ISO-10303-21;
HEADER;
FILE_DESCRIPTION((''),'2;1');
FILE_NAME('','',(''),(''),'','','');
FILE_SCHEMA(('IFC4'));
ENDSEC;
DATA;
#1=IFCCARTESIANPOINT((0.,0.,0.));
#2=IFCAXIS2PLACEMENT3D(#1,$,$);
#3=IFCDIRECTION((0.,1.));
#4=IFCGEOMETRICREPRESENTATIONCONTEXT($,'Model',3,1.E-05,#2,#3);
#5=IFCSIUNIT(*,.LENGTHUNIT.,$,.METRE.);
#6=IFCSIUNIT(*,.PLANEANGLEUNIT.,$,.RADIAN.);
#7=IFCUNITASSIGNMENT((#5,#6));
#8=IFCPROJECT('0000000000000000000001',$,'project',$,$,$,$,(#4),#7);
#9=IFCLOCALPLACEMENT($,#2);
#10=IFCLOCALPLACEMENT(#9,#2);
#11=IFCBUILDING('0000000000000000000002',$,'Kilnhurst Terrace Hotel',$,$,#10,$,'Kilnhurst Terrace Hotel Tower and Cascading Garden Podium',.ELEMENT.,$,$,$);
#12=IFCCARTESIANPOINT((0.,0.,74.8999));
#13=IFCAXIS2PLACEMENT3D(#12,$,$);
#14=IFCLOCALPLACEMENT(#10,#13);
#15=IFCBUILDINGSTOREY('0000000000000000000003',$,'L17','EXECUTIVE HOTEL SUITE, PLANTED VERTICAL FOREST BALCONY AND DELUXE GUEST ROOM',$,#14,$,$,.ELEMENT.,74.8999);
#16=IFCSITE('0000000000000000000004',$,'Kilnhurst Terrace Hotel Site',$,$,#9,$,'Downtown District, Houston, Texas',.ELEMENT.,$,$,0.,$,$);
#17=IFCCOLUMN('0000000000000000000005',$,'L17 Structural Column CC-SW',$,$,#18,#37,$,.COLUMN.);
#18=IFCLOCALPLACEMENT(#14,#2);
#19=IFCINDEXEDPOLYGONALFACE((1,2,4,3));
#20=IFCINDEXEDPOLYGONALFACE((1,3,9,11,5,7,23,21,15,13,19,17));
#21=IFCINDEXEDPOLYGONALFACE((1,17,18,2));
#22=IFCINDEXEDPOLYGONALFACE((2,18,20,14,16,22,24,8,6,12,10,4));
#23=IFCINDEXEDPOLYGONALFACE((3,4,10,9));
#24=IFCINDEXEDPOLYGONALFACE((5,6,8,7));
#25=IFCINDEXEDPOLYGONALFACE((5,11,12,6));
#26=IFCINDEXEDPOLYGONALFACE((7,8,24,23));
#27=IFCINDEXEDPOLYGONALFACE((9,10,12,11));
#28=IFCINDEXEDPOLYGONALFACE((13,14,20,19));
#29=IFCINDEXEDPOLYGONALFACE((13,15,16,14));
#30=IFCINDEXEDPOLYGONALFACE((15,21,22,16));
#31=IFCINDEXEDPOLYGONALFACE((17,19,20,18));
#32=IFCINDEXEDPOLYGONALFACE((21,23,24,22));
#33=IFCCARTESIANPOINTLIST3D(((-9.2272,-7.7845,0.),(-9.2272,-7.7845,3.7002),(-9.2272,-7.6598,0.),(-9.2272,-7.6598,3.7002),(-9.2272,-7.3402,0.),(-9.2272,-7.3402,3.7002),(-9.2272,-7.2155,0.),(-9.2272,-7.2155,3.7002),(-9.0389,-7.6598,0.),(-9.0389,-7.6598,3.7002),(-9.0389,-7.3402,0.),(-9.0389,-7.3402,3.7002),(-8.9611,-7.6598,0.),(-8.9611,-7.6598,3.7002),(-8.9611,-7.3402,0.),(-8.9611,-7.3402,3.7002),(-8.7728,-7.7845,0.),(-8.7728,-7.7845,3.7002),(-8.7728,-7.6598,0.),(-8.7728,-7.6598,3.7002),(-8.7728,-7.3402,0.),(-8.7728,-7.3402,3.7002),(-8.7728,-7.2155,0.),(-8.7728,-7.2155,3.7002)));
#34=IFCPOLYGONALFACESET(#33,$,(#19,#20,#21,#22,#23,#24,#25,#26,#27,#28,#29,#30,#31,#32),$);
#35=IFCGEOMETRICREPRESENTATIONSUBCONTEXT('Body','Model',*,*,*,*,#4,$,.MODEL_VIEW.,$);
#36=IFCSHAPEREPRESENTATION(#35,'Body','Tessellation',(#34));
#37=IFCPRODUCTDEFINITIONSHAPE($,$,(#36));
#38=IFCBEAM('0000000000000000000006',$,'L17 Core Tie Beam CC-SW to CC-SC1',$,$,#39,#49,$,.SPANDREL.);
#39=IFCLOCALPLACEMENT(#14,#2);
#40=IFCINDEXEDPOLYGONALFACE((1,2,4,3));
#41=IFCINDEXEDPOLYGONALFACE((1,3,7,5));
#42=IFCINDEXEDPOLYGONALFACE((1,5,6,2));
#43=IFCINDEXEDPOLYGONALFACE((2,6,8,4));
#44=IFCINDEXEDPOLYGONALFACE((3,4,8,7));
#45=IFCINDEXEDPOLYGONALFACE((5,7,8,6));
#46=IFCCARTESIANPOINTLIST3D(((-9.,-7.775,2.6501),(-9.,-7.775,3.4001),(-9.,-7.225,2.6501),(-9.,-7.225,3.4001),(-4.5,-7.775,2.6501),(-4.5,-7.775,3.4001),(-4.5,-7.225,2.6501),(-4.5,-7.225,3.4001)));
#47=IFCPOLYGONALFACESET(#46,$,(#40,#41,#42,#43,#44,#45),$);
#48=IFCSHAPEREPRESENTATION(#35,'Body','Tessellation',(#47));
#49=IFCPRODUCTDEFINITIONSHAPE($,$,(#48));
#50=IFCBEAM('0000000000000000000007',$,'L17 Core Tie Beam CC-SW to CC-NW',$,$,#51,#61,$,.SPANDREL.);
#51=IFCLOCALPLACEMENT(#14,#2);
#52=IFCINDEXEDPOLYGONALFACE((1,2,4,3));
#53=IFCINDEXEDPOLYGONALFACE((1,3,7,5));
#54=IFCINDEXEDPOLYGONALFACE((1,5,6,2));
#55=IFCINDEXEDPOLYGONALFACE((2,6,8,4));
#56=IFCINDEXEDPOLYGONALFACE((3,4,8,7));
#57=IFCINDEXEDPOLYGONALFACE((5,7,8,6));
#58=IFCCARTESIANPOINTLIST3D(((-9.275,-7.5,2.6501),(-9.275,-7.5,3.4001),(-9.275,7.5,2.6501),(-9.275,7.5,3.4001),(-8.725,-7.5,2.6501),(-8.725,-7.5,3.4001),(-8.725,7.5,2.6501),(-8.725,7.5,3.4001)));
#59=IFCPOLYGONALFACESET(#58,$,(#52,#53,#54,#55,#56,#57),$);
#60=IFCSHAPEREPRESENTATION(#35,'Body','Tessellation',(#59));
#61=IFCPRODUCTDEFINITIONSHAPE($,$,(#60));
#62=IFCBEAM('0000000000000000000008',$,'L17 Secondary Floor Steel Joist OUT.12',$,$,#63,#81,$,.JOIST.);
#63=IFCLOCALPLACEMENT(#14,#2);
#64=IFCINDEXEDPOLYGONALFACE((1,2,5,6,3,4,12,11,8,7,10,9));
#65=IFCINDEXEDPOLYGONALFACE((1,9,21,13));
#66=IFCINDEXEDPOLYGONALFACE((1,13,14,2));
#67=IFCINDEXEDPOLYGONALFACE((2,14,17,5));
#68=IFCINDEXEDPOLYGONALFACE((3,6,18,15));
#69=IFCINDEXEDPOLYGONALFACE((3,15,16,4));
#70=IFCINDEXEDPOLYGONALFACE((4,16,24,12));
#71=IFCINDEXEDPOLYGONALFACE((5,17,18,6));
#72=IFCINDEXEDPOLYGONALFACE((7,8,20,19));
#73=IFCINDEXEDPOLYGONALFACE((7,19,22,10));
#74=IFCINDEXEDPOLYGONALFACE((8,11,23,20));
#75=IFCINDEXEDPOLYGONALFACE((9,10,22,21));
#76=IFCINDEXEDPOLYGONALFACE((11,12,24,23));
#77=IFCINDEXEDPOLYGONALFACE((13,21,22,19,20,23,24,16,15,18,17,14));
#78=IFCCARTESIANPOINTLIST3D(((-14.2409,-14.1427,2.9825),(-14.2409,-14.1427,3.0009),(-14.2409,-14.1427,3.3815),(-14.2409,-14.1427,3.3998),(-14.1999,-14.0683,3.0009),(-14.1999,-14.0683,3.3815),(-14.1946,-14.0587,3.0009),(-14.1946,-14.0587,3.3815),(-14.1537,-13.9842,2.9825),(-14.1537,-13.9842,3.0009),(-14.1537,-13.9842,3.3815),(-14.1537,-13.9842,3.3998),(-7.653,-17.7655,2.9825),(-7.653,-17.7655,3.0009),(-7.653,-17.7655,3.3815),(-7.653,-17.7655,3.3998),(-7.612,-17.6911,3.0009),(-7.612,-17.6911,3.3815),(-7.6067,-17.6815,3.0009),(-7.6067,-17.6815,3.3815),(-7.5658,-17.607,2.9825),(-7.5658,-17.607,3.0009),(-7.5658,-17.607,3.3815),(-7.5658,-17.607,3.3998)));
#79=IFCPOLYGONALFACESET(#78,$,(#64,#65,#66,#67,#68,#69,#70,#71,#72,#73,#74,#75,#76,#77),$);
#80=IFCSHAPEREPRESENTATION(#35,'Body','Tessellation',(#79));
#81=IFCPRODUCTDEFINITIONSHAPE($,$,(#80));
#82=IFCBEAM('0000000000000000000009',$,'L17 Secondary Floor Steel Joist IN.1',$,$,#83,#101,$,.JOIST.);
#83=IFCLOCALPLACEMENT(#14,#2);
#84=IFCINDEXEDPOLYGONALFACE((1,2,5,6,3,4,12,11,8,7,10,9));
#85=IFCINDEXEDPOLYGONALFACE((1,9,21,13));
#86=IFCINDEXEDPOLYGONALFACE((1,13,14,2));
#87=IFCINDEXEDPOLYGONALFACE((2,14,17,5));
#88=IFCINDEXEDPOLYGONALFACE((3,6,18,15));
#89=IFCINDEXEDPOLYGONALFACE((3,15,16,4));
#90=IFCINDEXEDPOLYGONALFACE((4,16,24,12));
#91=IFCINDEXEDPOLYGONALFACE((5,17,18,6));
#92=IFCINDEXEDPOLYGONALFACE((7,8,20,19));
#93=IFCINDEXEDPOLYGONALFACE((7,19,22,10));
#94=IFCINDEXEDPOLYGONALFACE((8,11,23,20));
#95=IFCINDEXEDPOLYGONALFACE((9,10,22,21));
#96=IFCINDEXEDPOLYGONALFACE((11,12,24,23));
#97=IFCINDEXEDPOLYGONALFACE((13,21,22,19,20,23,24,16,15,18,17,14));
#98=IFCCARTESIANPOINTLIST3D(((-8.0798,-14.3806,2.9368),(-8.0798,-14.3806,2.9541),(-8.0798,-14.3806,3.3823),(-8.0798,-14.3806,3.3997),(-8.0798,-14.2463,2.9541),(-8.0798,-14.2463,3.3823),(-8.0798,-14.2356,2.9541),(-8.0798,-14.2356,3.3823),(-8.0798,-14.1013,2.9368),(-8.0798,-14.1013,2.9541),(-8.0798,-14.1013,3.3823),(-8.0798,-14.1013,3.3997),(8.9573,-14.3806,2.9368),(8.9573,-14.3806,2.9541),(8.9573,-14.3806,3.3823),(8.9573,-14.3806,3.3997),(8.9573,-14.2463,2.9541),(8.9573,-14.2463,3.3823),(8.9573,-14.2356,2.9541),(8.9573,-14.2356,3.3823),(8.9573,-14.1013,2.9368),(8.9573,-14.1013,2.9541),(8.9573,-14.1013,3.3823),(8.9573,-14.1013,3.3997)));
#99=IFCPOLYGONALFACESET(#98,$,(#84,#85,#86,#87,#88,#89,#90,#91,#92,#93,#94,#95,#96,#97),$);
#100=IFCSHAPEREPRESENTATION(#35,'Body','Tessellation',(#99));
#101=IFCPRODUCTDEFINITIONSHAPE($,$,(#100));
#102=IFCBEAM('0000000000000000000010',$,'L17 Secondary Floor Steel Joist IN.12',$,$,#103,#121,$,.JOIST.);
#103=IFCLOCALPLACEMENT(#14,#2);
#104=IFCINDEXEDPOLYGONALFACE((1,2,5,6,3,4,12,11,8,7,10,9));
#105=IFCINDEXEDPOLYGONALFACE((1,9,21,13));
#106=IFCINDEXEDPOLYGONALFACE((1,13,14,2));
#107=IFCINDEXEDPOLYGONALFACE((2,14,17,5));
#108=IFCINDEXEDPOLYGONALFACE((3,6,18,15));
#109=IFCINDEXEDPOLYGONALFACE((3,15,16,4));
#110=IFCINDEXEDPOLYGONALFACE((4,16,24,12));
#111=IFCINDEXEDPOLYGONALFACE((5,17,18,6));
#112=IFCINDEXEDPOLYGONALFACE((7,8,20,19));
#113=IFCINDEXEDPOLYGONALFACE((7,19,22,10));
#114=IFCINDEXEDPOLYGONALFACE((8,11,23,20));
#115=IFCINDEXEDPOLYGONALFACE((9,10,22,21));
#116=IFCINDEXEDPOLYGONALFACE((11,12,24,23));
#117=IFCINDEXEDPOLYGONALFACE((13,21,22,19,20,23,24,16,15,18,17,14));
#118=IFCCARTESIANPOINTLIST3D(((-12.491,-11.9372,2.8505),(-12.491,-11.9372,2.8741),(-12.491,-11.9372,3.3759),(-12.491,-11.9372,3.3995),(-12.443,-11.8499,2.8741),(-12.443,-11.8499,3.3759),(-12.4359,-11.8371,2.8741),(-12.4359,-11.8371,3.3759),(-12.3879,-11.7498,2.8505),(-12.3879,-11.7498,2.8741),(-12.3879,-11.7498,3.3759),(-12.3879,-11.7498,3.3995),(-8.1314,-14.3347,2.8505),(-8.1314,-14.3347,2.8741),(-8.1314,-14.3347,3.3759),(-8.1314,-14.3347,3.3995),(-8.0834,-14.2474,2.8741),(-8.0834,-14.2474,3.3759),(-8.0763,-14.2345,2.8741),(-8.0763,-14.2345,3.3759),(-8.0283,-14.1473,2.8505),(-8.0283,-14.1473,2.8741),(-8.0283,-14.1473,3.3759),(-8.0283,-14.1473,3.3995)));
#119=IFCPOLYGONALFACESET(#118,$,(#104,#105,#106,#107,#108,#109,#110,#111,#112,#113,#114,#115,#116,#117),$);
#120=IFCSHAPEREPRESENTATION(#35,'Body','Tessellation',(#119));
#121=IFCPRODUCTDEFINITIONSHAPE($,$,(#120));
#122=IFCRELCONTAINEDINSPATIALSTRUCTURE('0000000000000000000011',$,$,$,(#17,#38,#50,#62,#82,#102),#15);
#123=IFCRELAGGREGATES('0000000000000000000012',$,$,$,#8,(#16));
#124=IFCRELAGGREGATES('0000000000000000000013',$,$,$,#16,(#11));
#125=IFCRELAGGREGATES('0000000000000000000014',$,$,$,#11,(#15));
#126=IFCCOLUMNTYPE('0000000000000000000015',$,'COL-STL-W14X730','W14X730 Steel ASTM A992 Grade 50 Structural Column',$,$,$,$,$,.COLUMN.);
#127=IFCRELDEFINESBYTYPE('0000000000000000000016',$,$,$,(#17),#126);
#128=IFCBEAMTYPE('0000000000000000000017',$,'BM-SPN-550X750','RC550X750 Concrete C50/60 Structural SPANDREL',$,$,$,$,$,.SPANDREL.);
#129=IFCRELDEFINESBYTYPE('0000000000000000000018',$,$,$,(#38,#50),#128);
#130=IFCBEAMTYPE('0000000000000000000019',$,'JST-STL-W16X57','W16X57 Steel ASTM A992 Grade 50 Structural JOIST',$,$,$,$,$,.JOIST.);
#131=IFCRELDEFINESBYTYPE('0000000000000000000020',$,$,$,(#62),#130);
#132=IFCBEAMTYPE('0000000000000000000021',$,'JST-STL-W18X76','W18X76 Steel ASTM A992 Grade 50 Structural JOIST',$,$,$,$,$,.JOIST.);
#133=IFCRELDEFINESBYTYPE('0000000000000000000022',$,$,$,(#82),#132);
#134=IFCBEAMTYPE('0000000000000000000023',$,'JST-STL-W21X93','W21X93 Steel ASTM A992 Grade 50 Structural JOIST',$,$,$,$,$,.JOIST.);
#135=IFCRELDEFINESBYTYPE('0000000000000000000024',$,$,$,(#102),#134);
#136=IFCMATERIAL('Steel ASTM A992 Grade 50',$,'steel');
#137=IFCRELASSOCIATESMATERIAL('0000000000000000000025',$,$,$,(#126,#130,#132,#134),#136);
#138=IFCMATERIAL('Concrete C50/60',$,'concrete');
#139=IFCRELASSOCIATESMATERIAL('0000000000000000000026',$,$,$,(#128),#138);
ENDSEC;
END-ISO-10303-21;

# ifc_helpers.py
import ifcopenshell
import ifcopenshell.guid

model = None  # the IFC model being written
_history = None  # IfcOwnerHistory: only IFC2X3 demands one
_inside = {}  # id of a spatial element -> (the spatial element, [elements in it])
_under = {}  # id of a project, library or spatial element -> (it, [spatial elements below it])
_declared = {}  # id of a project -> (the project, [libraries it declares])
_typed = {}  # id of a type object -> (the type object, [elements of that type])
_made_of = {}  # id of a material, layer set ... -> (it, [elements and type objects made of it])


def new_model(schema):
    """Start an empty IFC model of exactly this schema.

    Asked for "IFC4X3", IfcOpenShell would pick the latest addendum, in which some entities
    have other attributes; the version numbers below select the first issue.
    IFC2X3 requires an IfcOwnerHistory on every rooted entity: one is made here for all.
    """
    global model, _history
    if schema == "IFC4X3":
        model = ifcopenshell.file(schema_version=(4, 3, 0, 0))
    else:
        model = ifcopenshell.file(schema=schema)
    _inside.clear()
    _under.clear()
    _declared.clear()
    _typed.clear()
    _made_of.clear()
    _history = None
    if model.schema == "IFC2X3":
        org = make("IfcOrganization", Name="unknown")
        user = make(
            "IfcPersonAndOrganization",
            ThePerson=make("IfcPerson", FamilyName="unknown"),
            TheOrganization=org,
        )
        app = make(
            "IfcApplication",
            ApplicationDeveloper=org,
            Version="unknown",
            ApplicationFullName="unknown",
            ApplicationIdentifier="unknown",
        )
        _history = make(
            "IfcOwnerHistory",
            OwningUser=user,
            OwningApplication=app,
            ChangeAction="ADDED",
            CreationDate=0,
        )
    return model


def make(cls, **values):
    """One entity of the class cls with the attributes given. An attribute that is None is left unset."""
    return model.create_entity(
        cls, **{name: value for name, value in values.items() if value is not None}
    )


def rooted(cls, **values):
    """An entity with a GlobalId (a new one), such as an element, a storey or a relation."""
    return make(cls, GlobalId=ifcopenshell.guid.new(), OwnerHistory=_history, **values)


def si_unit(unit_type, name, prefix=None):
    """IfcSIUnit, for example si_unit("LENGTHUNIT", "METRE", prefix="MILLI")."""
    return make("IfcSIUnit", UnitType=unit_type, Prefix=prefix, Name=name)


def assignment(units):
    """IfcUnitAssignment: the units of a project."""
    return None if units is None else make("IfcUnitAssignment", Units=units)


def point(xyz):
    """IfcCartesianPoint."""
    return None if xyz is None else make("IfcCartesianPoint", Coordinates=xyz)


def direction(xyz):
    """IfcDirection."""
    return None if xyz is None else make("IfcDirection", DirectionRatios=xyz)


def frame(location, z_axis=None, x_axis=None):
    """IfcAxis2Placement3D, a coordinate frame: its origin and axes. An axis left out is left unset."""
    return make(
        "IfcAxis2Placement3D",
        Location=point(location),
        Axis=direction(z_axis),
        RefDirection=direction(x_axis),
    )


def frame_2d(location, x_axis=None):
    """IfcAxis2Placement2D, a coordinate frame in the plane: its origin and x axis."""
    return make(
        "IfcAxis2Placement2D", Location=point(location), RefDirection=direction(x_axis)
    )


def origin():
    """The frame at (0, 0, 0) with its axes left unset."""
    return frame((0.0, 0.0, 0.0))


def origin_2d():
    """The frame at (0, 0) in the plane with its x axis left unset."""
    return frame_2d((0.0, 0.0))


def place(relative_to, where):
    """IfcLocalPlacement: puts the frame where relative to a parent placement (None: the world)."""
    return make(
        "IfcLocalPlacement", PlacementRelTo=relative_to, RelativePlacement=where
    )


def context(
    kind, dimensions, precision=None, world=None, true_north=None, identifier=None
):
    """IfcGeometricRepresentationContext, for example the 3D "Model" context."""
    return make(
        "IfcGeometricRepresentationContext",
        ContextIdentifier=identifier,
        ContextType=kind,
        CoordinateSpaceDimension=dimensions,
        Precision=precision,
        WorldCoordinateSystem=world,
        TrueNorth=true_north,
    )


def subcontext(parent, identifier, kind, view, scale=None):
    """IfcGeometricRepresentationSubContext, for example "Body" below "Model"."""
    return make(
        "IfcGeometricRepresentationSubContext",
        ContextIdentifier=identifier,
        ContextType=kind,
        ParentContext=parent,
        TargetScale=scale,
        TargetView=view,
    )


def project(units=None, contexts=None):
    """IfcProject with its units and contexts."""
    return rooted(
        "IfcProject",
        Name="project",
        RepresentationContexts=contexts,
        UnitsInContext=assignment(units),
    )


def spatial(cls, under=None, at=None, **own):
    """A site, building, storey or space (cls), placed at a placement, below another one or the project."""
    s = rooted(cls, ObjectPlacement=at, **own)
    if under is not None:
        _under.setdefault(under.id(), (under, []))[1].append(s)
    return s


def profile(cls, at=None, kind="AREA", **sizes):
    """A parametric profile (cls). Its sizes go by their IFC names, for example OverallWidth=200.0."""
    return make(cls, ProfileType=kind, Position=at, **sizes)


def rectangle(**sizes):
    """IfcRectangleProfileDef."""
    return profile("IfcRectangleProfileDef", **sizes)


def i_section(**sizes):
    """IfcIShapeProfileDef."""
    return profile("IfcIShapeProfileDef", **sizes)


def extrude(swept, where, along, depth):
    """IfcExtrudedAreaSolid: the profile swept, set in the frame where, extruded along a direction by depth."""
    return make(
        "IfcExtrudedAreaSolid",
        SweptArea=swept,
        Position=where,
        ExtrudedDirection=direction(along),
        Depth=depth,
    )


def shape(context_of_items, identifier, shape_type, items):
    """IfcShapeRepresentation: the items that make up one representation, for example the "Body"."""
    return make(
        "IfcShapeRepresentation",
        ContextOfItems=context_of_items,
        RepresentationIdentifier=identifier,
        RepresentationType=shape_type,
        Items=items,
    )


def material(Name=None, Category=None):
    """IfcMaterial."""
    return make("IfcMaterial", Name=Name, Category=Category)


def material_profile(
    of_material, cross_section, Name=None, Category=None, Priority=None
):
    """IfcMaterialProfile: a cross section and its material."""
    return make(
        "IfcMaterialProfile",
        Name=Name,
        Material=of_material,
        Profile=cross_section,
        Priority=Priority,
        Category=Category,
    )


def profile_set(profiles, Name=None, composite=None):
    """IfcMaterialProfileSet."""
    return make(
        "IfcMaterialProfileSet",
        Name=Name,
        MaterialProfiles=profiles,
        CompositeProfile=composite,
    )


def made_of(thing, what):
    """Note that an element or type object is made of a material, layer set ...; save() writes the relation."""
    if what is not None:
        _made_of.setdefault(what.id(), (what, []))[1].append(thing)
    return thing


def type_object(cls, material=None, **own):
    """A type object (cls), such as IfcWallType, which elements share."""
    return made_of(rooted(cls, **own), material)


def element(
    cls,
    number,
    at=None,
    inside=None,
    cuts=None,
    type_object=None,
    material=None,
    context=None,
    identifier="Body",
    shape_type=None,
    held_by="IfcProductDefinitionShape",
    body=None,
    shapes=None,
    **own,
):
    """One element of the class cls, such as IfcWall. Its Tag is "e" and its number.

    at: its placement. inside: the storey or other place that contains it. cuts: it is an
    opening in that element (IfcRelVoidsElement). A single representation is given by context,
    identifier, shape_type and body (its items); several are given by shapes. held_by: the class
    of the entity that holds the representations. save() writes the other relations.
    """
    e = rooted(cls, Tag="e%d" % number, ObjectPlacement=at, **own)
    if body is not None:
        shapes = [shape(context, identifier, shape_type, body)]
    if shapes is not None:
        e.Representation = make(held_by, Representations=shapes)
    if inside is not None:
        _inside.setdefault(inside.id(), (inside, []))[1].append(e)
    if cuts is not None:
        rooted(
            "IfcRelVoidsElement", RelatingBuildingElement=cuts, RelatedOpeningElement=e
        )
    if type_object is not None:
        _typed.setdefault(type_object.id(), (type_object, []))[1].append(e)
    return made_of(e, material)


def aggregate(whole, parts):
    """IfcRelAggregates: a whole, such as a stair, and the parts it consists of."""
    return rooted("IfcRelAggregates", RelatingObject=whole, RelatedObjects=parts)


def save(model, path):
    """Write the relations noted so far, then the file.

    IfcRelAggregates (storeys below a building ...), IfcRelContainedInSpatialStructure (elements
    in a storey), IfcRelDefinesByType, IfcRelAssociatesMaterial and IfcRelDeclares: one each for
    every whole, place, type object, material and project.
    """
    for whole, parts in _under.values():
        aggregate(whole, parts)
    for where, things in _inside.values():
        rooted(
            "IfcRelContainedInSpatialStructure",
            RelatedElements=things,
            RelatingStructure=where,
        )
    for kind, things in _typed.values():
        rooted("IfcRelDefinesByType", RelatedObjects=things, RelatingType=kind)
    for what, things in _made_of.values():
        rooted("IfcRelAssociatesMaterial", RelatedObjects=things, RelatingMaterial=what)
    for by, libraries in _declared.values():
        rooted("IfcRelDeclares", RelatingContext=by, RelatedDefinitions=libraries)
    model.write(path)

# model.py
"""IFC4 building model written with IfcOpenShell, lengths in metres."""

from ifc_helpers import new_model, si_unit, direction, frame, origin, origin_2d, place, context, subcontext, project, spatial, rectangle, i_section, extrude, material, material_profile, profile_set, type_object, element, save


model = new_model("IFC4")

# Units and contexts
model_context = context("Model", 3, precision=1e-05, world=origin(), true_north=direction((0.0, 1.0)))
body_context = subcontext(model_context, "Body", "Model", "MODEL_VIEW")
ifc_project = project(units=[si_unit("LENGTHUNIT", "METRE"), si_unit("PLANEANGLEUNIT", "RADIAN")], contexts=[model_context])

# Site, building, storey
site_placement = place(None, origin())
site = spatial("IfcSite", under=ifc_project, at=site_placement, Name="Kilnhurst Terrace Hotel Site", LongName="Downtown District, Houston, Texas", CompositionType="ELEMENT", RefElevation=0.0)
building_placement = place(site_placement, origin())
building = spatial("IfcBuilding", under=site, at=building_placement, Name="Kilnhurst Terrace Hotel", LongName="Kilnhurst Terrace Hotel Tower and Cascading Garden Podium", CompositionType="ELEMENT")
storey_placement = place(building_placement, frame((0.0, 0.0, 74.8999)))
storey = spatial("IfcBuildingStorey", under=building, at=storey_placement, Name="L17", Description="EXECUTIVE HOTEL SUITE, PLANTED VERTICAL FOREST BALCONY AND DELUXE GUEST ROOM", CompositionType="ELEMENT", Elevation=74.8999)

# Column
ifc_material_1 = material(Name="Steel ASTM A992 Grade 50", Category="steel")
ifc_material_profile_1 = material_profile(ifc_material_1, i_section(OverallWidth=0.4543, OverallDepth=0.5691, WebThickness=0.0779, FlangeThickness=0.1248, at=origin_2d()), Name="W14X730")
ifc_profile_set_1 = profile_set([ifc_material_profile_1], Name="Steel ASTM A992 Grade 50")
column_type = type_object("IfcColumnType", Name="COL-STL-W14X730", Description="W14X730 Steel ASTM A992 Grade 50 Structural Column", PredefinedType="COLUMN", material=ifc_profile_set_1)
column_placement = place(storey_placement, frame((-9.0, -7.5, 0.0), z_axis=(0.0, 0.0, 1.0), x_axis=(1.0, 0.0, 0.0)))
element("IfcColumn", 1, at=column_placement, inside=storey, type_object=column_type, Name="L17 Structural Column CC-SW", PredefinedType="COLUMN", context=body_context, shape_type="SweptSolid", body=[
    extrude(i_section(OverallWidth=0.4543, OverallDepth=0.5691, WebThickness=0.0779, FlangeThickness=0.1248, at=origin_2d()), origin(), (0.0, 0.0, 1.0), 3.7002),
])

# Beams
ifc_material_2 = material(Name="Concrete C50/60", Category="concrete")
ifc_material_profile_2 = material_profile(ifc_material_2, rectangle(XDim=0.55, YDim=0.75, at=origin_2d()), Name="RC550X750")
ifc_profile_set_2 = profile_set([ifc_material_profile_2], Name="Concrete C50/60")
beam_type_1 = type_object("IfcBeamType", Name="BM-SPN-550X750", Description="RC550X750 Concrete C50/60 Structural SPANDREL", PredefinedType="SPANDREL", material=ifc_profile_set_2)
beam_1_placement = place(storey_placement, frame((-9.0, -7.5, 3.0251), z_axis=(1.0, 0.0, 0.0), x_axis=(0.0, 1.0, 0.0)))
element("IfcBeam", 2, at=beam_1_placement, inside=storey, type_object=beam_type_1, Name="L17 Core Tie Beam CC-SW to CC-SC1", PredefinedType="SPANDREL", context=body_context, shape_type="SweptSolid", body=[
    extrude(rectangle(XDim=0.55, YDim=0.75, at=origin_2d()), origin(), (0.0, 0.0, 1.0), 4.5),
])
beam_2_placement = place(storey_placement, frame((-9.0, -7.5, 3.0251), z_axis=(0.0, 1.0, 0.0), x_axis=(-1.0, 0.0, 0.0)))
element("IfcBeam", 3, at=beam_2_placement, inside=storey, type_object=beam_type_1, Name="L17 Core Tie Beam CC-SW to CC-NW", PredefinedType="SPANDREL", context=body_context, shape_type="SweptSolid", body=[
    extrude(rectangle(XDim=0.55, YDim=0.75, at=origin_2d()), origin(), (0.0, 0.0, 1.0), 15.0),
])
ifc_material_profile_3 = material_profile(ifc_material_1, i_section(OverallWidth=0.1809, OverallDepth=0.4172, WebThickness=0.011, FlangeThickness=0.0183, at=origin_2d()), Name="W16X57")
ifc_profile_set_3 = profile_set([ifc_material_profile_3], Name="Steel ASTM A992 Grade 50")
beam_type_2 = type_object("IfcBeamType", Name="JST-STL-W16X57", Description="W16X57 Steel ASTM A992 Grade 50 Structural JOIST", PredefinedType="JOIST", material=ifc_profile_set_3)
beam_3_placement = place(storey_placement, frame((-14.1973, -14.0635, 3.1912), z_axis=(0.876246, -0.481864, 0.0), x_axis=(0.481864, 0.876246, 0.0)))
element("IfcBeam", 4, at=beam_3_placement, inside=storey, type_object=beam_type_2, Name="L17 Secondary Floor Steel Joist OUT.12", PredefinedType="JOIST", context=body_context, shape_type="SweptSolid", body=[
    extrude(i_section(OverallWidth=0.1809, OverallDepth=0.4172, WebThickness=0.011, FlangeThickness=0.0183, at=origin_2d()), origin(), (0.0, 0.0, 1.0), 7.5183),
])
ifc_material_profile_4 = material_profile(ifc_material_1, i_section(OverallWidth=0.2793, OverallDepth=0.4629, WebThickness=0.0107, FlangeThickness=0.0173, at=origin_2d()), Name="W18X76")
ifc_profile_set_4 = profile_set([ifc_material_profile_4], Name="Steel ASTM A992 Grade 50")
beam_type_3 = type_object("IfcBeamType", Name="JST-STL-W18X76", Description="W18X76 Steel ASTM A992 Grade 50 Structural JOIST", PredefinedType="JOIST", material=ifc_profile_set_4)
beam_4_placement = place(storey_placement, frame((-8.0798, -14.241, 3.1682), z_axis=(1.0, 0.0, 0.0), x_axis=(0.0, 1.0, 0.0)))
element("IfcBeam", 5, at=beam_4_placement, inside=storey, type_object=beam_type_3, Name="L17 Secondary Floor Steel Joist IN.1", PredefinedType="JOIST", context=body_context, shape_type="SweptSolid", body=[
    extrude(i_section(OverallWidth=0.2793, OverallDepth=0.4629, WebThickness=0.0107, FlangeThickness=0.0173, at=origin_2d()), origin(), (0.0, 0.0, 1.0), 17.0371),
])
ifc_material_profile_5 = material_profile(ifc_material_1, i_section(OverallWidth=0.2139, OverallDepth=0.5491, WebThickness=0.0146, FlangeThickness=0.0237, at=origin_2d()), Name="W21X93")
ifc_profile_set_5 = profile_set([ifc_material_profile_5], Name="Steel ASTM A992 Grade 50")
beam_type_4 = type_object("IfcBeamType", Name="JST-STL-W21X93", Description="W21X93 Steel ASTM A992 Grade 50 Structural JOIST", PredefinedType="JOIST", material=ifc_profile_set_5)
beam_5_placement = place(storey_placement, frame((-12.4395, -11.8435, 3.125), z_axis=(0.876244, -0.481868, 0.0), x_axis=(0.481868, 0.876244, 0.0)))
element("IfcBeam", 6, at=beam_5_placement, inside=storey, type_object=beam_type_4, Name="L17 Secondary Floor Steel Joist IN.12", PredefinedType="JOIST", context=body_context, shape_type="SweptSolid", body=[
    extrude(i_section(OverallWidth=0.2139, OverallDepth=0.5491, WebThickness=0.0146, FlangeThickness=0.0237, at=origin_2d()), origin(), (0.0, 0.0, 1.0), 4.9753),
])

save(model, "model.ifc")
